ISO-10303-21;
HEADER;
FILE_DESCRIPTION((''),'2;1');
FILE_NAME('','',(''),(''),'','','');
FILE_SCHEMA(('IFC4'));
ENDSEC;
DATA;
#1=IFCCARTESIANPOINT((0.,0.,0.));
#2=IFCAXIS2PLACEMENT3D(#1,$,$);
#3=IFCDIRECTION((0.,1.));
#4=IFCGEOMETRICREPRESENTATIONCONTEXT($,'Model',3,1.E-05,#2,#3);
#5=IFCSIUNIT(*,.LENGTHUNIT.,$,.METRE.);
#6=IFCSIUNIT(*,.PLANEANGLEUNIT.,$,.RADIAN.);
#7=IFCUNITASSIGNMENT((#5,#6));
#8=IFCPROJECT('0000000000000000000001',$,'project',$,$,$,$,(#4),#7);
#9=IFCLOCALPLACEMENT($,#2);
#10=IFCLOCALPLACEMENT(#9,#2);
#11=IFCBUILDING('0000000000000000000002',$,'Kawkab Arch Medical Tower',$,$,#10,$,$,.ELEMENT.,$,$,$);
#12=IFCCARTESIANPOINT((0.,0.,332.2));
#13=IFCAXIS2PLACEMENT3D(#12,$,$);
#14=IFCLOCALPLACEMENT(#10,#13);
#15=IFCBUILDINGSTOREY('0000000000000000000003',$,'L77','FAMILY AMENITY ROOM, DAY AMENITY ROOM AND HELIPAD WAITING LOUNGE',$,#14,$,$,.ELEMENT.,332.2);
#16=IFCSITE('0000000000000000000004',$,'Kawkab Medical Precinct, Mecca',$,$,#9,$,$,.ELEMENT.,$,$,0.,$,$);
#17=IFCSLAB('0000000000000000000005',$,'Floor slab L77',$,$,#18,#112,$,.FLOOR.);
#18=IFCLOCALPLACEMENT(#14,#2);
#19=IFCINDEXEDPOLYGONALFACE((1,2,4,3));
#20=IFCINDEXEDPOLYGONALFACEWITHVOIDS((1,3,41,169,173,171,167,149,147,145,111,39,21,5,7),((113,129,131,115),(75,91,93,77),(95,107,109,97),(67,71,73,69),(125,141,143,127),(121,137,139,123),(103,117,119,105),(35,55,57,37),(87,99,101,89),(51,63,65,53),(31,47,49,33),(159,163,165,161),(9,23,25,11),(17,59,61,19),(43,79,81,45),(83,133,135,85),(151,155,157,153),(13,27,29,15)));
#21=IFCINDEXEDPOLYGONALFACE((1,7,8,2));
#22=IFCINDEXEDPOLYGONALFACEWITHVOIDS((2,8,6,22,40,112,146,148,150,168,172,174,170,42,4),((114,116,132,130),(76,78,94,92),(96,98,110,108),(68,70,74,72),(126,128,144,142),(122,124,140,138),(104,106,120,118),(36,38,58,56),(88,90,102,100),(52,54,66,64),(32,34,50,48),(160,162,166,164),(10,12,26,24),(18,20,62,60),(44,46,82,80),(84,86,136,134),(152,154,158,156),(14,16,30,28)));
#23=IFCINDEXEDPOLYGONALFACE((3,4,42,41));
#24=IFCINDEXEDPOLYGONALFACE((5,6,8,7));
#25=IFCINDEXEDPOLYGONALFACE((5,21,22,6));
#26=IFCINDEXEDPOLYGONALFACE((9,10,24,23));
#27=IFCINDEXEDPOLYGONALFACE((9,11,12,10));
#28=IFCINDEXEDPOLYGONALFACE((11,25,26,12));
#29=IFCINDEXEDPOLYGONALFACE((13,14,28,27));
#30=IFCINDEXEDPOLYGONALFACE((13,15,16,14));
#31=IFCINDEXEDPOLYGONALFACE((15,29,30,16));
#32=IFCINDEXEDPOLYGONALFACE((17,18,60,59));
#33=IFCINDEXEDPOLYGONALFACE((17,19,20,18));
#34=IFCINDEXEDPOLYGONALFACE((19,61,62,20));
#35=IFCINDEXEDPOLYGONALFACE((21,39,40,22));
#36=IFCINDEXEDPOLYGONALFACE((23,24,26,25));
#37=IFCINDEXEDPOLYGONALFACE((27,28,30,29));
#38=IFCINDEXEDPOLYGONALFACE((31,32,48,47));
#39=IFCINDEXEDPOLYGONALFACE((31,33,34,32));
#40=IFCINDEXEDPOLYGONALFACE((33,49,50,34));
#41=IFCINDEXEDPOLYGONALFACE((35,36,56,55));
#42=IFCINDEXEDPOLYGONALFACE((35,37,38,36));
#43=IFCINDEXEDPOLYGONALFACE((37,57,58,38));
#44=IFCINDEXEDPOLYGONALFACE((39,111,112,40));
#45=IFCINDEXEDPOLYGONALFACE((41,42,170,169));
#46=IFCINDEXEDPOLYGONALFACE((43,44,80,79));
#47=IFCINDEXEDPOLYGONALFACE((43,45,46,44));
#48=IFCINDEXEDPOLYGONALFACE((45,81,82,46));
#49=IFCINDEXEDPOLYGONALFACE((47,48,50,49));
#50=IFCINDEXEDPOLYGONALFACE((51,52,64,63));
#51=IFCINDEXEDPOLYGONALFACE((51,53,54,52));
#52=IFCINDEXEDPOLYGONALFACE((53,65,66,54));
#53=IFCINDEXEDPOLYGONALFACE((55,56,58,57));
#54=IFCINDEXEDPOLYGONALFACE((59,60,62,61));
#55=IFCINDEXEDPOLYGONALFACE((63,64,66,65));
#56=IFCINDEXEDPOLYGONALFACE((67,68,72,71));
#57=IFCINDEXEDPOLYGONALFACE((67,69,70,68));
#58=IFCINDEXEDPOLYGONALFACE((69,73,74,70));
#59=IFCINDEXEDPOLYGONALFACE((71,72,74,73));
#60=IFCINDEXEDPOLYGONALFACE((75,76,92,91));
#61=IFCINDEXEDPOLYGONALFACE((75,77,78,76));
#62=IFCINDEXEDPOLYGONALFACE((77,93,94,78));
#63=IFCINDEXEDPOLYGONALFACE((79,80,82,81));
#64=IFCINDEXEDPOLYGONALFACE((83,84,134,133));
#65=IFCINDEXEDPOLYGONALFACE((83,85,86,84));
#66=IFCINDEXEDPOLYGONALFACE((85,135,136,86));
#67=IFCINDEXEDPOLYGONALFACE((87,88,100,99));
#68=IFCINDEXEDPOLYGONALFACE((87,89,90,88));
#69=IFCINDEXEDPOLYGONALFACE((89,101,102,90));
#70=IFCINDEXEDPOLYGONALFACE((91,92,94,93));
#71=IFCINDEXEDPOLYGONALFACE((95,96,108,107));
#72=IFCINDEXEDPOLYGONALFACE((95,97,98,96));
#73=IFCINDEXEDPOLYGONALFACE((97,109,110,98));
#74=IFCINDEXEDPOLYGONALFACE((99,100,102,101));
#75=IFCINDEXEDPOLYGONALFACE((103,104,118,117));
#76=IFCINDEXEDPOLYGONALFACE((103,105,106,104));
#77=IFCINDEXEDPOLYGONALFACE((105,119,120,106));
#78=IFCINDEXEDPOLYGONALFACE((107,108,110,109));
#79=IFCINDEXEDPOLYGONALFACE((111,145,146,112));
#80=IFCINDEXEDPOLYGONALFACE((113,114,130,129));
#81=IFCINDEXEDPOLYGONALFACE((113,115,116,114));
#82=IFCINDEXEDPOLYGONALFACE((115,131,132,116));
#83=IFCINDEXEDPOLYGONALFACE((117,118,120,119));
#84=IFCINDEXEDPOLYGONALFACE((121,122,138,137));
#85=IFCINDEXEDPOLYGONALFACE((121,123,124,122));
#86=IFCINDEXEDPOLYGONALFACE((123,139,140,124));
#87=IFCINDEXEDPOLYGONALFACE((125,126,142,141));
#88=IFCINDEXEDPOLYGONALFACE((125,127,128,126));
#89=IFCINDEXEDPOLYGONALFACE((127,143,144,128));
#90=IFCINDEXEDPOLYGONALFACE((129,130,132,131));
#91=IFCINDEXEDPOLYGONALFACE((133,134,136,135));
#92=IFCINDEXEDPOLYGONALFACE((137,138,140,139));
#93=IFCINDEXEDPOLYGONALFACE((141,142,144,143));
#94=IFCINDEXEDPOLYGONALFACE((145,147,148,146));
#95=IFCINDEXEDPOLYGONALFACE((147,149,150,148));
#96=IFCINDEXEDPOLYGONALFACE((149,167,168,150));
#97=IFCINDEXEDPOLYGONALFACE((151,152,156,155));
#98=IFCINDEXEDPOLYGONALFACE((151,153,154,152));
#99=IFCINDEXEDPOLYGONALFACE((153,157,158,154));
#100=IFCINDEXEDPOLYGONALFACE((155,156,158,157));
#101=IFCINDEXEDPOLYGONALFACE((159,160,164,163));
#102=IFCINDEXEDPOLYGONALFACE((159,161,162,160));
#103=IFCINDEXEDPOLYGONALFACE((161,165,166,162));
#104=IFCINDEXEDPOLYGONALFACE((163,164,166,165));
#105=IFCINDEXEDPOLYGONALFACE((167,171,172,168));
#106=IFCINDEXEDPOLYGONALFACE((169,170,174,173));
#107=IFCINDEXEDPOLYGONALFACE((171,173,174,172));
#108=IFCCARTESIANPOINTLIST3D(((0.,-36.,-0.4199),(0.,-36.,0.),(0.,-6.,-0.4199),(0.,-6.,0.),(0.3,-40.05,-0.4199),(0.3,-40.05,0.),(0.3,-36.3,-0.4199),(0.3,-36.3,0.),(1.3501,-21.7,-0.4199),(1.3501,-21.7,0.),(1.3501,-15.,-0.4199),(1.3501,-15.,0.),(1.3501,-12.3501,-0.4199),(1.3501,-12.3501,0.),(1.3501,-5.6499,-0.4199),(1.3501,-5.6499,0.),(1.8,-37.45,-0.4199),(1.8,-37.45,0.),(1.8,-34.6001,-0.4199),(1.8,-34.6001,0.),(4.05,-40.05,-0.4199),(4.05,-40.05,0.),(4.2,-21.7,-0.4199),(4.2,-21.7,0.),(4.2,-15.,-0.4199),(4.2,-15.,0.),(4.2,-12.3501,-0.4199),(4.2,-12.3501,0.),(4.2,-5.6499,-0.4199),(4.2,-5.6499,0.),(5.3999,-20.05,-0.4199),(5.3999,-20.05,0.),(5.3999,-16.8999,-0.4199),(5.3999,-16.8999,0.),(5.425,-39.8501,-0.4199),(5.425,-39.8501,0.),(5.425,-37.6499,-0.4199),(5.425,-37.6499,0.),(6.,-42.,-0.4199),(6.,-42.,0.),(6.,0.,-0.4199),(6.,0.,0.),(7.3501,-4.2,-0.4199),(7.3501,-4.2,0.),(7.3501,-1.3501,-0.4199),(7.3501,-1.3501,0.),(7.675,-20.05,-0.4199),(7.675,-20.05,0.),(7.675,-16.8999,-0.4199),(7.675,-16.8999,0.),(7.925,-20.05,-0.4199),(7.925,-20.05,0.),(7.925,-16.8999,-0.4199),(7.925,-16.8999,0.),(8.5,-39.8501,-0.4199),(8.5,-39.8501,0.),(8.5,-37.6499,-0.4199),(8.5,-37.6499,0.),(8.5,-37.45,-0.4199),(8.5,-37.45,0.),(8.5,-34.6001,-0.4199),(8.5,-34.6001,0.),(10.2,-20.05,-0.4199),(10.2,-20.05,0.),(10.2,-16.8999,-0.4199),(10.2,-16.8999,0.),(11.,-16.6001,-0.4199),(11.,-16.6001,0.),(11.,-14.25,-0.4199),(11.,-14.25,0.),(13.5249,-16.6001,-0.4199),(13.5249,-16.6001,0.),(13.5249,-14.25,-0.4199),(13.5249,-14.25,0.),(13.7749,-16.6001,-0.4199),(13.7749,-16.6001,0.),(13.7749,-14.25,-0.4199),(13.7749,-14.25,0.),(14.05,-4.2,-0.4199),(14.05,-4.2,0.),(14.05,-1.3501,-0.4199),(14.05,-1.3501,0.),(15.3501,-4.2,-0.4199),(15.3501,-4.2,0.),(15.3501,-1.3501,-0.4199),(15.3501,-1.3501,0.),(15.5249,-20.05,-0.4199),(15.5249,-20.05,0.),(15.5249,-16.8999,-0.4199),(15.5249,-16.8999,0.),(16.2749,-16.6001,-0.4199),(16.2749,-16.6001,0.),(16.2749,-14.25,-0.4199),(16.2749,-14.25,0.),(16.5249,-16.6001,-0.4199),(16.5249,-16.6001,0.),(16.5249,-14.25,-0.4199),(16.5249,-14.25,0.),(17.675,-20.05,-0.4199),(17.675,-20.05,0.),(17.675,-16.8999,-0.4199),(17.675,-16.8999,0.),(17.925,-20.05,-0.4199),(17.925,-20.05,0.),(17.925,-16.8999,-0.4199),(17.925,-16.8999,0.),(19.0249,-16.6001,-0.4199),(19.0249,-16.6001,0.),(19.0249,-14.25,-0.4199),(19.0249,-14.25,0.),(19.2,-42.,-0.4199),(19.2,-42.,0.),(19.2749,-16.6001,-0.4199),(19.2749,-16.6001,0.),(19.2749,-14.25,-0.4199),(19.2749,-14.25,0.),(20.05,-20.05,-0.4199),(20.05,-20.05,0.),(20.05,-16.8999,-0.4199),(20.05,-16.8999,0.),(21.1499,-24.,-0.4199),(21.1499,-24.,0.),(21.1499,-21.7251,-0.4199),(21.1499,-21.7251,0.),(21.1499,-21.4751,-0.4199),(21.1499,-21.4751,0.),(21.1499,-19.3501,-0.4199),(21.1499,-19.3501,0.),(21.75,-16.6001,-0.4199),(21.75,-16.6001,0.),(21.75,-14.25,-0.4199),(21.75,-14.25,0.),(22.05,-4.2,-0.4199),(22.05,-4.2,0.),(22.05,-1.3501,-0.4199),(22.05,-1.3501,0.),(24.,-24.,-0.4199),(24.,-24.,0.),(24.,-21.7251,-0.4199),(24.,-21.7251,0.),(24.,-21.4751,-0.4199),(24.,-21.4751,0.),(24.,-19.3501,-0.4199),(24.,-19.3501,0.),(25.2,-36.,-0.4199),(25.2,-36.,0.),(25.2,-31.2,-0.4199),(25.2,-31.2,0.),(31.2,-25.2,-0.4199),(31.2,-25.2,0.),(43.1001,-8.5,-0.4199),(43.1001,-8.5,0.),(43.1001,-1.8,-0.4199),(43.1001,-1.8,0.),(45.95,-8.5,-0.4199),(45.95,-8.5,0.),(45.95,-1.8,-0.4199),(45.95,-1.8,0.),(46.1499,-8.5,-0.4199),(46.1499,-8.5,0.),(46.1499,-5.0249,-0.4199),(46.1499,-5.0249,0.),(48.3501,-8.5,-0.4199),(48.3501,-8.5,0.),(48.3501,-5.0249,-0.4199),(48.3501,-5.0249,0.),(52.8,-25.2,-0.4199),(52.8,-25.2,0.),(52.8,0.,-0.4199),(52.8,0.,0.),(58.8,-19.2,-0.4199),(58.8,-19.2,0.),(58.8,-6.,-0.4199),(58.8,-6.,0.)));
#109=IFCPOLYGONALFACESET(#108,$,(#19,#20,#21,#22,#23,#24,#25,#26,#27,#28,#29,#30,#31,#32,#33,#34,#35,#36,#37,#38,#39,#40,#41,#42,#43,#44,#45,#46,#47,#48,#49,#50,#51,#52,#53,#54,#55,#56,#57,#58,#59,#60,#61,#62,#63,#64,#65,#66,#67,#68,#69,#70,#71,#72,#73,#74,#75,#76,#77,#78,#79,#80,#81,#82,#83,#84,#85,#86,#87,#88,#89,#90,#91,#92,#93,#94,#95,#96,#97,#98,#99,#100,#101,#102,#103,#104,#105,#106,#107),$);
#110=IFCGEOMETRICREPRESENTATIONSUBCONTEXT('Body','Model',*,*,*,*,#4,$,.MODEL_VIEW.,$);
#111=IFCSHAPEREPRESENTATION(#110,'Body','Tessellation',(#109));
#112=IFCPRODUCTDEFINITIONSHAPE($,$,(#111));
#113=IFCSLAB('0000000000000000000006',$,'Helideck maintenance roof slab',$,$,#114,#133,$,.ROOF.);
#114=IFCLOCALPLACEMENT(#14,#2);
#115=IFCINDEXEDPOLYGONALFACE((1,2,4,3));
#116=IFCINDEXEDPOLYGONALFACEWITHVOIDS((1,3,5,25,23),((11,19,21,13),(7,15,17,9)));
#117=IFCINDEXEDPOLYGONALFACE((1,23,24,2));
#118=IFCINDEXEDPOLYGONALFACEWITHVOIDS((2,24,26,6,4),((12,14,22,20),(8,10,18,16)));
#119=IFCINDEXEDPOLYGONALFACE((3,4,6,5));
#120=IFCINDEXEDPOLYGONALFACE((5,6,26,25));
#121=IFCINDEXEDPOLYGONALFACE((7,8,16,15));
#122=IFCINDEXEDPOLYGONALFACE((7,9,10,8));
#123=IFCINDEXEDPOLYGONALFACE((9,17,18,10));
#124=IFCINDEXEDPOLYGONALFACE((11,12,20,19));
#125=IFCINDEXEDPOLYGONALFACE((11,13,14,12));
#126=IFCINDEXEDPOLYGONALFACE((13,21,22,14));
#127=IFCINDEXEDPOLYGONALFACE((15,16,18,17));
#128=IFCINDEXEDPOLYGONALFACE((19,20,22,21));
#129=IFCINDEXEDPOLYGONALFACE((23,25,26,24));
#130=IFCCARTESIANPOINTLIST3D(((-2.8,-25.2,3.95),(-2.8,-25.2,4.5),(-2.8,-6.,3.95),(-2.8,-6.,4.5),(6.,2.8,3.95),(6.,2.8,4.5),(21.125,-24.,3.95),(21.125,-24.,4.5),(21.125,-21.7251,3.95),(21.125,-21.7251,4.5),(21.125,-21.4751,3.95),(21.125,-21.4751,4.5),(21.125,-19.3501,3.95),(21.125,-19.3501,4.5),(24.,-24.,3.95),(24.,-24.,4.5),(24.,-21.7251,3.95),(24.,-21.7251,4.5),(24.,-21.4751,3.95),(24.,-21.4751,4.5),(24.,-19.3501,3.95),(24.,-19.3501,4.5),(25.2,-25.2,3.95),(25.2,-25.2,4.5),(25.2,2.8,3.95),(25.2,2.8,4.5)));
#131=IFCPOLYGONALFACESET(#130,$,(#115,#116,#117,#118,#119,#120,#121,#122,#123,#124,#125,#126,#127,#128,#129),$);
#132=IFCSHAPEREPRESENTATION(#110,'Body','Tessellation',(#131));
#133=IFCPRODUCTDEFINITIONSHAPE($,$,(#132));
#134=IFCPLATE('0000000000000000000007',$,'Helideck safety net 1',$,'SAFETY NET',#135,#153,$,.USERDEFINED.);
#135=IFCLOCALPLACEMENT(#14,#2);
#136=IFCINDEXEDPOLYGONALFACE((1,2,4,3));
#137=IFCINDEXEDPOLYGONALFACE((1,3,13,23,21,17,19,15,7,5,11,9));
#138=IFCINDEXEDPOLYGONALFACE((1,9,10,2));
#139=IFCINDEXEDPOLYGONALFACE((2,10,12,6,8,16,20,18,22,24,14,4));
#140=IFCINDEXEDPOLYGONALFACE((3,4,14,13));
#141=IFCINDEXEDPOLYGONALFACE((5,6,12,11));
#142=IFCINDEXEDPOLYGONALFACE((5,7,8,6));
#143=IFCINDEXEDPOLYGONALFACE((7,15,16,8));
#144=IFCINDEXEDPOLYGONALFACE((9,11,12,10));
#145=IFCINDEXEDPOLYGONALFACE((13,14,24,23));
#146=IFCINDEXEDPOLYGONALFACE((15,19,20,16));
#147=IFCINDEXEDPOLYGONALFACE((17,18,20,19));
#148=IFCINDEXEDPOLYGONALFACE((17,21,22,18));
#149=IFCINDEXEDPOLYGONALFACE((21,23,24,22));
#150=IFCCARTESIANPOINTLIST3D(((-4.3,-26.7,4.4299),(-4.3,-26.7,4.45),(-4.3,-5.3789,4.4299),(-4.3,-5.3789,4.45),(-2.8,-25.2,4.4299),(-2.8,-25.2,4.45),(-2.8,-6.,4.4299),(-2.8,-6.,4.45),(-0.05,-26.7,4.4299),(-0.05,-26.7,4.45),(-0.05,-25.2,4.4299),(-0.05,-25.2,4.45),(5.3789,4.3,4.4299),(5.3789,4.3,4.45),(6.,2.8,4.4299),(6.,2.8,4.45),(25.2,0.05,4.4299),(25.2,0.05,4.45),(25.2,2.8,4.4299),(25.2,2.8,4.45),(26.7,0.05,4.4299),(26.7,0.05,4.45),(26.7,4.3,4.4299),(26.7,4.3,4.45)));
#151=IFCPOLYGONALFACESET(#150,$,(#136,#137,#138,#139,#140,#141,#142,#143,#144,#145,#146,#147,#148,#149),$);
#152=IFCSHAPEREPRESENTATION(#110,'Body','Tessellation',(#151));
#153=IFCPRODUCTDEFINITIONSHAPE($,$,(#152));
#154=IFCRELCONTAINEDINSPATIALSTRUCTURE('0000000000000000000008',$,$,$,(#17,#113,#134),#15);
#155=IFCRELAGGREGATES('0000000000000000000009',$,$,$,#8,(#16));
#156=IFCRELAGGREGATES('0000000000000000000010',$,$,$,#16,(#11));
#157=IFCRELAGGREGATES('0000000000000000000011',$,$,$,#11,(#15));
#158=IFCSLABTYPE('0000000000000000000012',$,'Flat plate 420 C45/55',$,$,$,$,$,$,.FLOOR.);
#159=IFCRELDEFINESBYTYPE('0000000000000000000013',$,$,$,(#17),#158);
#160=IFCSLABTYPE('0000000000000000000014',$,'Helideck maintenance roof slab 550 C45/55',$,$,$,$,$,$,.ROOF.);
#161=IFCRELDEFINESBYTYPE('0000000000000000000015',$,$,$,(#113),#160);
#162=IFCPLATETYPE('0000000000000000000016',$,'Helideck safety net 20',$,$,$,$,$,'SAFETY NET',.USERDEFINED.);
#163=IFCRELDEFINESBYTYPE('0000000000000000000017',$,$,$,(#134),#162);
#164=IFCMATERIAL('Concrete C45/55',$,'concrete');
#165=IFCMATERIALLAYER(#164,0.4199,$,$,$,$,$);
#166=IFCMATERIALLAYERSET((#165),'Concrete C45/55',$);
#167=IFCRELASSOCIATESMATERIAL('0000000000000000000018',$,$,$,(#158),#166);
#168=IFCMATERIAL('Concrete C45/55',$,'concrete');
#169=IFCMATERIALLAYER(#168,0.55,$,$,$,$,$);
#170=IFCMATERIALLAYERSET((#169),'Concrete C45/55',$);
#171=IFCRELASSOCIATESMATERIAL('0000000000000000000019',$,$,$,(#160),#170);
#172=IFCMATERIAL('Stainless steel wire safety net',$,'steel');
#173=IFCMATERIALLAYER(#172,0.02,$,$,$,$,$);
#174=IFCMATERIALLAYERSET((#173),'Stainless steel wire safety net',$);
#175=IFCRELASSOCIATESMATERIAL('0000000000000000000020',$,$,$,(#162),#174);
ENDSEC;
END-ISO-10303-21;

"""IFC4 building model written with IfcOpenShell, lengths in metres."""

from ifc_helpers import new_model, si_unit, direction, frame, origin, place, context, subcontext, project, spatial, polyline, outline, extrude, material, layer, layer_set, type_object, element, save


model = new_model("IFC4")

# Units and contexts
model_context = context("Model", 3, precision=1e-05, world=origin(), true_north=direction((0.0, 1.0)))
body_context = subcontext(model_context, "Body", "Model", "MODEL_VIEW")
ifc_project = project(units=[si_unit("LENGTHUNIT", "METRE"), si_unit("PLANEANGLEUNIT", "RADIAN")], contexts=[model_context])

# Site, building, storey
site_placement = place(None, origin())
site = spatial("IfcSite", under=ifc_project, at=site_placement, Name="Kawkab Medical Precinct, Mecca", CompositionType="ELEMENT", RefElevation=0.0)
building_placement = place(site_placement, origin())
building = spatial("IfcBuilding", under=site, at=building_placement, Name="Kawkab Arch Medical Tower", CompositionType="ELEMENT")
storey_placement = place(building_placement, frame((0.0, 0.0, 332.2)))
storey = spatial("IfcBuildingStorey", under=building, at=storey_placement, Name="L77", Description="FAMILY AMENITY ROOM, DAY AMENITY ROOM AND HELIPAD WAITING LOUNGE", CompositionType="ELEMENT", Elevation=332.2)

# Slabs
ifc_material_1 = material(Name="Concrete C45/55", Category="concrete")
ifc_layer_1 = layer(ifc_material_1, 0.4199)
ifc_layer_set_1 = layer_set([ifc_layer_1], Name="Concrete C45/55")
slab_type_1 = type_object("IfcSlabType", Name="Flat plate 420 C45/55", PredefinedType="FLOOR", material=ifc_layer_set_1)
slab_1_placement = place(storey_placement, frame((0.0, 0.0, -0.4199)))
element("IfcSlab", 1, at=slab_1_placement, inside=storey, type_object=slab_type_1, Name="Floor slab L77", PredefinedType="FLOOR", context=body_context, shape_type="SweptSolid", body=[
    extrude(outline(polyline([(52.8, 0.0), (58.8, -6.0), (58.8, -19.2), (52.8, -25.2), (31.2, -25.2), (25.2, -31.2), (25.2, -36.0), (19.2, -42.0), (6.0, -42.0), (4.05, -40.05), (0.3, -40.05), (0.3, -36.3), (0.0, -36.0), (0.0, -6.0), (6.0, 0.0), (52.8, 0.0)]), holes=[polyline([(5.425, -37.6499), (5.425, -39.8501), (8.5, -39.8501), (8.5, -37.6499), (5.425, -37.6499)]), polyline([(8.5, -37.45), (8.5, -34.6001), (1.8, -34.6001), (1.8, -37.45), (8.5, -37.45)]), polyline([(5.3999, -20.05), (7.675, -20.05), (7.675, -16.8999), (5.3999, -16.8999), (5.3999, -20.05)]), polyline([(10.2, -16.8999), (7.925, -16.8999), (7.925, -20.05), (10.2, -20.05), (10.2, -16.8999)]), polyline([(4.2, -15.0), (1.3501, -15.0), (1.3501, -21.7), (4.2, -21.7), (4.2, -15.0)]), polyline([(11.0, -14.25), (11.0, -16.6001), (13.5249, -16.6001), (13.5249, -14.25), (11.0, -14.25)]), polyline([(13.7749, -14.25), (13.7749, -16.6001), (16.2749, -16.6001), (16.2749, -14.25), (13.7749, -14.25)]), polyline([(4.2, -12.3501), (4.2, -5.6499), (1.3501, -5.6499), (1.3501, -12.3501), (4.2, -12.3501)]), polyline([(7.3501, -4.2), (14.05, -4.2), (14.05, -1.3501), (7.3501, -1.3501), (7.3501, -4.2)]), polyline([(24.0, -21.7251), (21.1499, -21.7251), (21.1499, -24.0), (24.0, -24.0), (24.0, -21.7251)]), polyline([(24.0, -19.3501), (21.1499, -19.3501), (21.1499, -21.4751), (24.0, -21.4751), (24.0, -19.3501)]), polyline([(17.675, -20.05), (17.675, -16.8999), (15.5249, -16.8999), (15.5249, -20.05), (17.675, -20.05)]), polyline([(20.05, -20.05), (20.05, -16.8999), (17.925, -16.8999), (17.925, -20.05), (20.05, -20.05)]), polyline([(19.0249, -16.6001), (19.0249, -14.25), (16.5249, -14.25), (16.5249, -16.6001), (19.0249, -16.6001)]), polyline([(19.2749, -16.6001), (21.75, -16.6001), (21.75, -14.25), (19.2749, -14.25), (19.2749, -16.6001)]), polyline([(46.1499, -8.5), (48.3501, -8.5), (48.3501, -5.0249), (46.1499, -5.0249), (46.1499, -8.5)]), polyline([(43.1001, -1.8), (43.1001, -8.5), (45.95, -8.5), (45.95, -1.8), (43.1001, -1.8)]), polyline([(22.05, -1.3501), (15.3501, -1.3501), (15.3501, -4.2), (22.05, -4.2), (22.05, -1.3501)])]), origin(), (0.0, 0.0, 1.0), 0.4199),
])
ifc_material_2 = material(Name="Concrete C45/55", Category="concrete")
ifc_layer_2 = layer(ifc_material_2, 0.55)
ifc_layer_set_2 = layer_set([ifc_layer_2], Name="Concrete C45/55")
slab_type_2 = type_object("IfcSlabType", Name="Helideck maintenance roof slab 550 C45/55", PredefinedType="ROOF", material=ifc_layer_set_2)
placement_1 = place(storey_placement, frame((0.0, 0.0, 3.95)))
element("IfcSlab", 2, at=placement_1, inside=storey, type_object=slab_type_2, Name="Helideck maintenance roof slab", PredefinedType="ROOF", context=body_context, shape_type="SweptSolid", body=[
    extrude(outline(polyline([(-2.8, -6.0), (6.0, 2.8), (25.2, 2.8), (25.2, -25.2), (-2.8, -25.2), (-2.8, -6.0)]), holes=[polyline([(21.125, -24.0), (24.0, -24.0), (24.0, -21.7251), (21.125, -21.7251), (21.125, -24.0)]), polyline([(21.125, -21.4751), (24.0, -21.4751), (24.0, -19.3501), (21.125, -19.3501), (21.125, -21.4751)])]), origin(), (0.0, 0.0, 1.0), 0.55),
])

# Plate
ifc_material_3 = material(Name="Stainless steel wire safety net", Category="steel")
ifc_layer_3 = layer(ifc_material_3, 0.02)
ifc_layer_set_3 = layer_set([ifc_layer_3], Name="Stainless steel wire safety net")
plate_type_1 = type_object("IfcPlateType", Name="Helideck safety net 20", ElementType="SAFETY NET", PredefinedType="USERDEFINED", material=ifc_layer_set_3)
plate_1_placement = place(storey_placement, frame((0.0, 0.0, 4.4299)))
element("IfcPlate", 3, at=plate_1_placement, inside=storey, type_object=plate_type_1, Name="Helideck safety net 1", ObjectType="SAFETY NET", PredefinedType="USERDEFINED", context=body_context, shape_type="SweptSolid", body=[
    extrude(outline(polyline([(-4.3, -26.7), (-0.05, -26.7), (-0.05, -25.2), (-2.8, -25.2), (-2.8, -6.0), (6.0, 2.8), (25.2, 2.8), (25.2, 0.05), (26.7, 0.05), (26.7, 4.3), (5.3789, 4.3), (-4.3, -5.3789), (-4.3, -26.7)])), origin(), (0.0, 0.0, 1.0), 0.02),
])

save(model, "model.ifc")
